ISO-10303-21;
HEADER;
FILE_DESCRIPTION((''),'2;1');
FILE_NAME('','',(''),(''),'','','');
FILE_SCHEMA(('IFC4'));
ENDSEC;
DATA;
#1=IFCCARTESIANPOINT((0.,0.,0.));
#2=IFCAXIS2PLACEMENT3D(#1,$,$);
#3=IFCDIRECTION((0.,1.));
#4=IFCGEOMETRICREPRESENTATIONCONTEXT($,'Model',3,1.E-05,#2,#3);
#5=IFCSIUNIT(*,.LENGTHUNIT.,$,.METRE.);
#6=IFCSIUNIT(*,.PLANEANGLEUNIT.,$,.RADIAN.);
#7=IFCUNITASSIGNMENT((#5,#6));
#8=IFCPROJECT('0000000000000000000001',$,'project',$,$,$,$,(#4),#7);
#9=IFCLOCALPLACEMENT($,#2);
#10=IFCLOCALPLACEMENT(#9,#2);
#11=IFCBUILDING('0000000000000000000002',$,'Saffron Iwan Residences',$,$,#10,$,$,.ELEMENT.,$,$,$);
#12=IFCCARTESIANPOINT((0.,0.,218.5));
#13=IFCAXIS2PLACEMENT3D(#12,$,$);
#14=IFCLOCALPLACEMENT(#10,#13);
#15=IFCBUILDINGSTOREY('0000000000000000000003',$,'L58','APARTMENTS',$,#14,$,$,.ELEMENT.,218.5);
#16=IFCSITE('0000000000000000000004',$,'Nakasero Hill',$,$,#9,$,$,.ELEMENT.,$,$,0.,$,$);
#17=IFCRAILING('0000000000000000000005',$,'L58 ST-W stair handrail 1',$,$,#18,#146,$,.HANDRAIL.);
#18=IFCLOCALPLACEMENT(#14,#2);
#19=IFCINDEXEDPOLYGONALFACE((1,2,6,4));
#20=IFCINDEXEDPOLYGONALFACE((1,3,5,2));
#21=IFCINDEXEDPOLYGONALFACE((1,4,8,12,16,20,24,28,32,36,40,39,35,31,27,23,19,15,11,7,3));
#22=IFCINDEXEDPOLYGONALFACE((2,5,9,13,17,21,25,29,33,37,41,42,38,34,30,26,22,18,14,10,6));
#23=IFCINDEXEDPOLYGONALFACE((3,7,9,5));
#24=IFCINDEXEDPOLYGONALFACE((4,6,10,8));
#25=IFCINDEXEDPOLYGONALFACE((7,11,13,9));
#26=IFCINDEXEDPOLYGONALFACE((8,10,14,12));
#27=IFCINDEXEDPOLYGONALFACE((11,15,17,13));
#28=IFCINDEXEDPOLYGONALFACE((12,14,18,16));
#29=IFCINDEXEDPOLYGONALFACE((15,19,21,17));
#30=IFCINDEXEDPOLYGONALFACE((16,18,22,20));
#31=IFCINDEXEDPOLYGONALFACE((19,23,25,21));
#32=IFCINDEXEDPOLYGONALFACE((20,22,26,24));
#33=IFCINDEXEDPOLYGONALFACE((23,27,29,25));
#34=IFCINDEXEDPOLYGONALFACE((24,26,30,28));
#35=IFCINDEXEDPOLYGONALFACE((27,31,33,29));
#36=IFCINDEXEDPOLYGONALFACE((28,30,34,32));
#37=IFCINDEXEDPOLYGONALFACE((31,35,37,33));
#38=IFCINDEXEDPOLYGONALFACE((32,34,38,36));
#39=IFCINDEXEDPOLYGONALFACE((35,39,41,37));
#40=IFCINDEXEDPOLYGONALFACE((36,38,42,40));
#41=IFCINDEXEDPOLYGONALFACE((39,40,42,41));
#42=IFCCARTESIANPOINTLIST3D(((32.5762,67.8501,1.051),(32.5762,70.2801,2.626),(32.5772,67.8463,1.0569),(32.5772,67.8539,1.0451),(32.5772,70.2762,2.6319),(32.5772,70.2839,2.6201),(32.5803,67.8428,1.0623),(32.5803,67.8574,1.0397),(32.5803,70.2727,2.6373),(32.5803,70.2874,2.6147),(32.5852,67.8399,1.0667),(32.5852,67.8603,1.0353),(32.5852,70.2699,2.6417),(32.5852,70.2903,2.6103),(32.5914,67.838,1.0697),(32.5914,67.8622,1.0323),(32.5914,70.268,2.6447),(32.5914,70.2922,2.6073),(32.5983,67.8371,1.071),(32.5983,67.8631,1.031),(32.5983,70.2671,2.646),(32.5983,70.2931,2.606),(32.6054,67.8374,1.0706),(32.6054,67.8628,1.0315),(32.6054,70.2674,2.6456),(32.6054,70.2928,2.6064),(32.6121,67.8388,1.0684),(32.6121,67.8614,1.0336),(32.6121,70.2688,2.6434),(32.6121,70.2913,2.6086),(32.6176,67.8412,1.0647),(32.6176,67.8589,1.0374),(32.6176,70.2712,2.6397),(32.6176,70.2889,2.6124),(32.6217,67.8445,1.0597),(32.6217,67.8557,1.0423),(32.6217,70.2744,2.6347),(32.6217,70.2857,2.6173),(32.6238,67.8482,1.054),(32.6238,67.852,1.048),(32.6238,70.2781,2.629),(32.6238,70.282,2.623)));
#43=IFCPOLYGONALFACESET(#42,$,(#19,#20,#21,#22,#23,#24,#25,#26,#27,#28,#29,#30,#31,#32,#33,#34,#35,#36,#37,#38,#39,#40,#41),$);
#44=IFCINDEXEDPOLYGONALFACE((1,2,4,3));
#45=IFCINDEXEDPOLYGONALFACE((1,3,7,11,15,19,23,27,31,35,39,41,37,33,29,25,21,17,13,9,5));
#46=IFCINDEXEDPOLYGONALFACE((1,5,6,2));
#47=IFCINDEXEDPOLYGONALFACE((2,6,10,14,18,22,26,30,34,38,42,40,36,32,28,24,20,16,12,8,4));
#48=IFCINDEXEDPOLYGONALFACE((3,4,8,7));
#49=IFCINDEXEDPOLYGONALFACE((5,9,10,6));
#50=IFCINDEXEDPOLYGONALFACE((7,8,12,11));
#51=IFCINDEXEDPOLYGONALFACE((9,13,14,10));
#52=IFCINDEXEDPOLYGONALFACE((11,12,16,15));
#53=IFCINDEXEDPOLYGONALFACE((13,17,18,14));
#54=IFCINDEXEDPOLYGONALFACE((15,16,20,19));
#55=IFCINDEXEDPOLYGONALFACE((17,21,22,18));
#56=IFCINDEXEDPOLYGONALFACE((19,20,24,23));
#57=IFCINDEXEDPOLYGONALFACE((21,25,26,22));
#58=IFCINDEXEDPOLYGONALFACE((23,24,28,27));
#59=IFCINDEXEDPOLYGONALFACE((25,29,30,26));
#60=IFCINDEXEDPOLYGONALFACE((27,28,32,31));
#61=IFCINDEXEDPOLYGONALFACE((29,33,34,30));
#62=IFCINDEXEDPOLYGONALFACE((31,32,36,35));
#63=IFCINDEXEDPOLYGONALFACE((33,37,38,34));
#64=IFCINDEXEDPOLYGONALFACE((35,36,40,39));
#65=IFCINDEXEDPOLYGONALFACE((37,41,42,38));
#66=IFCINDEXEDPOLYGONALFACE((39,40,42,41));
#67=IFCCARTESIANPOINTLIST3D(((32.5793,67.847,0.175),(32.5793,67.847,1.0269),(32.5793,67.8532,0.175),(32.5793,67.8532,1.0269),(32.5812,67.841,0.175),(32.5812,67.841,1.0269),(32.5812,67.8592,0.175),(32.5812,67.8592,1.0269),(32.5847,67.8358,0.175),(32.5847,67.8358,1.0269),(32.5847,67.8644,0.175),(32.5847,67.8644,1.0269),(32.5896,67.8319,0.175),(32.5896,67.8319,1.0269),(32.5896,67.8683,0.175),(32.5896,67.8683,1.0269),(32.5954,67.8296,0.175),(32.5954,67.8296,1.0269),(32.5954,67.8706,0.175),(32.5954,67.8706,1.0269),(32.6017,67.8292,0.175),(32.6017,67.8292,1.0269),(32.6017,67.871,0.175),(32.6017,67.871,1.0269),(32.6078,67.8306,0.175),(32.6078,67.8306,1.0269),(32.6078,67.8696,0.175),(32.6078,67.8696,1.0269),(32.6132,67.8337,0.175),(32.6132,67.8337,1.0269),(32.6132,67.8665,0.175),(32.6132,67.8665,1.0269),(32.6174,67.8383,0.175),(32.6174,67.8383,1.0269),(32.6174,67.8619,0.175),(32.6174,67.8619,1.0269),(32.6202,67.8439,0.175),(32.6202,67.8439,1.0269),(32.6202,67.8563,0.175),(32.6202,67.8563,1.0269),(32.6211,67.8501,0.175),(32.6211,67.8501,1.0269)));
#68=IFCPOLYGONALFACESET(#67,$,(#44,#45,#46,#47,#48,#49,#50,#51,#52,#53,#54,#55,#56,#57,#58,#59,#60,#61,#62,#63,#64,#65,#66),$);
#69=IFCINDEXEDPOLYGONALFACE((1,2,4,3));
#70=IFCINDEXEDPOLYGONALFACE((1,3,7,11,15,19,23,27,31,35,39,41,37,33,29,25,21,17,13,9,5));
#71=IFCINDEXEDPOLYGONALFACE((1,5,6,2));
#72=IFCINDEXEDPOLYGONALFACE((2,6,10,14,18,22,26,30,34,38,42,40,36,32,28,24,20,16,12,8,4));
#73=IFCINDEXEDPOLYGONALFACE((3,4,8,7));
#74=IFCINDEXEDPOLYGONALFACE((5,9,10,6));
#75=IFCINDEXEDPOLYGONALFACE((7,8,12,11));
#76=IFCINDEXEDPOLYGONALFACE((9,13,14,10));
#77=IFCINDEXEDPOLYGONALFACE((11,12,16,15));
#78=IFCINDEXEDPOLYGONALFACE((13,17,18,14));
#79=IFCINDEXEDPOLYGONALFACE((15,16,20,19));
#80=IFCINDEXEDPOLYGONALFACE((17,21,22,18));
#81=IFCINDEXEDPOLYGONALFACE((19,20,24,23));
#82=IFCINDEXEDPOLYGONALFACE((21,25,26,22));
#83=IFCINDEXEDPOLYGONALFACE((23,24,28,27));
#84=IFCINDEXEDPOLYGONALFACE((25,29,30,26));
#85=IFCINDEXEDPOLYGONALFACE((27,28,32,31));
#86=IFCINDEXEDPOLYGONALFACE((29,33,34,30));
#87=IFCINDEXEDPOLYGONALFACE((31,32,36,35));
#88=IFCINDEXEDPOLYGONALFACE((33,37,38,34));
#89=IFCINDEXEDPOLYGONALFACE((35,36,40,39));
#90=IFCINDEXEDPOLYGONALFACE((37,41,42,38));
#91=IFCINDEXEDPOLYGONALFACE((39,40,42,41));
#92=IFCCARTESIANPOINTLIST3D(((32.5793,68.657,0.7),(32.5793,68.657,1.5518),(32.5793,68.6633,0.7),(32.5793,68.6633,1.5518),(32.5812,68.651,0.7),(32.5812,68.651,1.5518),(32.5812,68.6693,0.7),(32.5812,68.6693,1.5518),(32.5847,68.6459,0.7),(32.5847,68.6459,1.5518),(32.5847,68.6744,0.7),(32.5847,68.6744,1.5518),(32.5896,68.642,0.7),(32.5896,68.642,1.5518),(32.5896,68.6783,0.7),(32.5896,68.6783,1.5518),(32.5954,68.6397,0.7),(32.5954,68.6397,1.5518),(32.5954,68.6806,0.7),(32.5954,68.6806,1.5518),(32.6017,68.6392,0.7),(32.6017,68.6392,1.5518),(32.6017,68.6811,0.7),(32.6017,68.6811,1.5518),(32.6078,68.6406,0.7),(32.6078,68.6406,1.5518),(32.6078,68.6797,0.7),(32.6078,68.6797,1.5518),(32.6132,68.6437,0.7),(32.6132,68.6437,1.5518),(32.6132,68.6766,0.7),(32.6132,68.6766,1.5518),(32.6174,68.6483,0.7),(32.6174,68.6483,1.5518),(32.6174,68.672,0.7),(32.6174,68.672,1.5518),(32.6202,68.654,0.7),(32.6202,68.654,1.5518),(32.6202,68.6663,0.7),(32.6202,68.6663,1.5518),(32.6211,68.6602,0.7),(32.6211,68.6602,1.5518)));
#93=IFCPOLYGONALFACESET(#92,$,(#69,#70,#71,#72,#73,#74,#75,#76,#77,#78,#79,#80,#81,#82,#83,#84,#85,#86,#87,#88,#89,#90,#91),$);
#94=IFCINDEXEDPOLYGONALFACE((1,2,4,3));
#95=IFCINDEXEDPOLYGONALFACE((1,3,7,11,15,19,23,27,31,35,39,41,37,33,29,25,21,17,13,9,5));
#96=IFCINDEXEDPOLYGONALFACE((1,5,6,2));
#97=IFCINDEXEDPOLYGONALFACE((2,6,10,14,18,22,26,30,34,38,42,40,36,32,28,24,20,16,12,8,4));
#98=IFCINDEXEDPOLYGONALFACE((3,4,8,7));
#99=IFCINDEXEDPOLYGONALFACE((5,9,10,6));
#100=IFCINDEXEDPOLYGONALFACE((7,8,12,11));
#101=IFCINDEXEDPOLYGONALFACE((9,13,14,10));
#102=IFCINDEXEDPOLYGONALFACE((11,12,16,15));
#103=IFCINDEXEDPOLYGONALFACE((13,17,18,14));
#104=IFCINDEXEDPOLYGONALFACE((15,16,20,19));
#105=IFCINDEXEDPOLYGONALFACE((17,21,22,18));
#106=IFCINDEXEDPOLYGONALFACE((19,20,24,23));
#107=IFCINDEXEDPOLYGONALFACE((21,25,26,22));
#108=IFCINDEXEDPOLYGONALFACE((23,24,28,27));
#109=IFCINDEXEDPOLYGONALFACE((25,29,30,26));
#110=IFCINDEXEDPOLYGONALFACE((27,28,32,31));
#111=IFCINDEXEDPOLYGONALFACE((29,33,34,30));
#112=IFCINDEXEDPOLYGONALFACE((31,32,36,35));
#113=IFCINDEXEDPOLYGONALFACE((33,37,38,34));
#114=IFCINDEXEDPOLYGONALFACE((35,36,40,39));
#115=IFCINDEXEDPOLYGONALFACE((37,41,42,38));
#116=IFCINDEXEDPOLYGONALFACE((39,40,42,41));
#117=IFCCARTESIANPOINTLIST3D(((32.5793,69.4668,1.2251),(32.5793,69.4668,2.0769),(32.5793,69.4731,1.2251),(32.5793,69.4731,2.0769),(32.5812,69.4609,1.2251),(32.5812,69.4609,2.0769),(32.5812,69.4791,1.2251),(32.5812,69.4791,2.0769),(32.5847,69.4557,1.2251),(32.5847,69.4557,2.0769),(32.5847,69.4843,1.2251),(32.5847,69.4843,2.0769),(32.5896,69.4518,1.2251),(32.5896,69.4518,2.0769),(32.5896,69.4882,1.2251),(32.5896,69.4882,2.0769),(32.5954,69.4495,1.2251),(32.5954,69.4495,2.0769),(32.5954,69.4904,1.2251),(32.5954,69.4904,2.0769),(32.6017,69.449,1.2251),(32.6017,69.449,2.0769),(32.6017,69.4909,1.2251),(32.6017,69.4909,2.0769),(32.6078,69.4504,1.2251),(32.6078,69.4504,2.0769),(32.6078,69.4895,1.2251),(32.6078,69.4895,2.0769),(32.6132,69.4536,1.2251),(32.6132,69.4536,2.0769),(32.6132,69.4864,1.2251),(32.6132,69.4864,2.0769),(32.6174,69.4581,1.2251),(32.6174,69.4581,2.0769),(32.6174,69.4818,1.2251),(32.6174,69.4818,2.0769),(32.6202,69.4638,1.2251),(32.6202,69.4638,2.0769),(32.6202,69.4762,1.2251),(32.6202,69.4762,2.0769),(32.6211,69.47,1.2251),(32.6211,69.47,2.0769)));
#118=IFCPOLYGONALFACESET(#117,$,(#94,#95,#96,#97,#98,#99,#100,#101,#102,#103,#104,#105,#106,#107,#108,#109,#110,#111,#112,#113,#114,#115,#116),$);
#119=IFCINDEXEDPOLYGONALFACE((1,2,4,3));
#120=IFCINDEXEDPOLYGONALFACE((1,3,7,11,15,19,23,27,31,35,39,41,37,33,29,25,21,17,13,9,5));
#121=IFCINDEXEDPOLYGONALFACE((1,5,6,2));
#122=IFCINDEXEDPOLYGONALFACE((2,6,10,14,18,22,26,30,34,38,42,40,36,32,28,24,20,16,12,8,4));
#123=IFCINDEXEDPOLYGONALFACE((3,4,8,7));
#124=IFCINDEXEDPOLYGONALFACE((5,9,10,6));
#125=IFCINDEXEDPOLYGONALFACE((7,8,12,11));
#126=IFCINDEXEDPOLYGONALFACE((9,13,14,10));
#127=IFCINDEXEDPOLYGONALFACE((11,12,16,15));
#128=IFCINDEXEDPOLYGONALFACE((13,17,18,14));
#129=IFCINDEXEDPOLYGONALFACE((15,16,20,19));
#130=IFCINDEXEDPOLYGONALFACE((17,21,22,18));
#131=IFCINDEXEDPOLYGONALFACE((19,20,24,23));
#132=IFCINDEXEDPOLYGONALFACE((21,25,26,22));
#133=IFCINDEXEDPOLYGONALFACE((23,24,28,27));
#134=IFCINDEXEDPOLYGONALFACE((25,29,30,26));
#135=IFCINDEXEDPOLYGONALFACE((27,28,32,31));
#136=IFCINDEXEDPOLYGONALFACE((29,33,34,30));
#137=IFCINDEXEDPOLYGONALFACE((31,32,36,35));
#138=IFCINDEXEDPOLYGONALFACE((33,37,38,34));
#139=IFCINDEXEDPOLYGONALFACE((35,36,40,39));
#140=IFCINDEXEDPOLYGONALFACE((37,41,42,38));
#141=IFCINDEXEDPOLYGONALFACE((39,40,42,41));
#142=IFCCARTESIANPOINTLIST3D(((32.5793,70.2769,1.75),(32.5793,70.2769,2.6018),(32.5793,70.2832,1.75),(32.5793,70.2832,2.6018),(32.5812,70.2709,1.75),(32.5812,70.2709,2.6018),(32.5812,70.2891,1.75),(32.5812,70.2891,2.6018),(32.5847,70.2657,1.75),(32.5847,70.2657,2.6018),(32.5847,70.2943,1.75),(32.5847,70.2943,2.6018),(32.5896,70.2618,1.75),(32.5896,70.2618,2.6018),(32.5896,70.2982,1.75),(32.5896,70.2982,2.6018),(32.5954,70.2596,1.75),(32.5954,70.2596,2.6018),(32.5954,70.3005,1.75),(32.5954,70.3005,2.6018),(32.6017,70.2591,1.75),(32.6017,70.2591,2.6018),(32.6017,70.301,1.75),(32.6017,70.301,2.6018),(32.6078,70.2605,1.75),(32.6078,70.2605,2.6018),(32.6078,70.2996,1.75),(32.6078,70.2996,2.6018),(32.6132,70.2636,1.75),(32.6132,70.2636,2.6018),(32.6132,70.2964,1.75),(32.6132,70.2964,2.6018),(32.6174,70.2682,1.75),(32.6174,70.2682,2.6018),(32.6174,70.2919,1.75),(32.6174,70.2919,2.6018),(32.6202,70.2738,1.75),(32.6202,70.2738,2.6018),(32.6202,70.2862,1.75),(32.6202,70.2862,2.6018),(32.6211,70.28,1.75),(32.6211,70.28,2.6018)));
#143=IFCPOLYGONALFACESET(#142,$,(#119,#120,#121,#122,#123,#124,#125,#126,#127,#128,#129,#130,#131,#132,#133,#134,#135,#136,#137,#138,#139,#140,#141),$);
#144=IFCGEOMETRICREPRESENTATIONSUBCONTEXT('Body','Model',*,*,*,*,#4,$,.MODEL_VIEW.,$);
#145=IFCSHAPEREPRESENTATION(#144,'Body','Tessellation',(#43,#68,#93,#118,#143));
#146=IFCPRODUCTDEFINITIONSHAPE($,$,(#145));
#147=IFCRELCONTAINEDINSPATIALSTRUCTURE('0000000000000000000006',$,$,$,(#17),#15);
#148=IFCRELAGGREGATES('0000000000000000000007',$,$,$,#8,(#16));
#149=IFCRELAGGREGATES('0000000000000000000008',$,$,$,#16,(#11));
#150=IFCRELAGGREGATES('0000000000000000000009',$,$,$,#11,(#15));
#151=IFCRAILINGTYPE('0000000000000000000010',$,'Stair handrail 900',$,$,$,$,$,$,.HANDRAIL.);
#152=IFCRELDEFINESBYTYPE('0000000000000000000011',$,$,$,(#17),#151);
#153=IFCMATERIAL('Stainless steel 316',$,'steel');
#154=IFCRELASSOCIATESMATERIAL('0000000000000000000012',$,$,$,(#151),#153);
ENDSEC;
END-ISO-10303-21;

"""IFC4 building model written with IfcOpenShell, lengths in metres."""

from ifc_helpers import new_model, si_unit, direction, frame, origin, origin_2d, place, context, subcontext, project, spatial, circle, extrude, material, type_object, element, save


model = new_model("IFC4")

# Units and contexts
model_context = context("Model", 3, precision=1e-05, world=origin(), true_north=direction((0.0, 1.0)))
body_context = subcontext(model_context, "Body", "Model", "MODEL_VIEW")
ifc_project = project(units=[si_unit("LENGTHUNIT", "METRE"), si_unit("PLANEANGLEUNIT", "RADIAN")], contexts=[model_context])

# Site, building, storey
site_placement = place(None, origin())
site = spatial("IfcSite", under=ifc_project, at=site_placement, Name="Nakasero Hill", CompositionType="ELEMENT", RefElevation=0.0)
building_placement = place(site_placement, origin())
building = spatial("IfcBuilding", under=site, at=building_placement, Name="Saffron Iwan Residences", CompositionType="ELEMENT")
storey_placement = place(building_placement, frame((0.0, 0.0, 218.5)))
storey = spatial("IfcBuildingStorey", under=building, at=storey_placement, Name="L58", Description="APARTMENTS", CompositionType="ELEMENT", Elevation=218.5)

# Railing
ifc_material_1 = material(Name="Stainless steel 316", Category="steel")
railing_type_1 = type_object("IfcRailingType", Name="Stair handrail 900", PredefinedType="HANDRAIL", material=ifc_material_1)
railing_1_placement = place(storey_placement, frame((32.6001, 67.8501, 0.175)))
element("IfcRailing", 1, at=railing_1_placement, inside=storey, type_object=railing_type_1, Name="L58 ST-W stair handrail 1", PredefinedType="HANDRAIL", context=body_context, shape_type="SweptSolid", body=[
    extrude(circle(Radius=0.0239, at=origin_2d()), frame((0.0, 0.0, 0.876), z_axis=(0.0, 0.839154, 0.543894), x_axis=(-1.0, 0.0, 0.0)), (0.0, 0.0, 1.0), 2.8958),
    extrude(circle(Radius=0.021, at=origin_2d()), origin(), (0.0, 0.0, 1.0), 0.8518),
    extrude(circle(Radius=0.021, at=origin_2d()), frame((0.0, 0.8101, 0.5249)), (0.0, 0.0, 1.0), 0.8518),
    extrude(circle(Radius=0.021, at=origin_2d()), frame((0.0, 1.6199, 1.05)), (0.0, 0.0, 1.0), 0.8518),
    extrude(circle(Radius=0.021, at=origin_2d()), frame((0.0, 2.4299, 1.575)), (0.0, 0.0, 1.0), 0.8518),
])

save(model, "model.ifc")
